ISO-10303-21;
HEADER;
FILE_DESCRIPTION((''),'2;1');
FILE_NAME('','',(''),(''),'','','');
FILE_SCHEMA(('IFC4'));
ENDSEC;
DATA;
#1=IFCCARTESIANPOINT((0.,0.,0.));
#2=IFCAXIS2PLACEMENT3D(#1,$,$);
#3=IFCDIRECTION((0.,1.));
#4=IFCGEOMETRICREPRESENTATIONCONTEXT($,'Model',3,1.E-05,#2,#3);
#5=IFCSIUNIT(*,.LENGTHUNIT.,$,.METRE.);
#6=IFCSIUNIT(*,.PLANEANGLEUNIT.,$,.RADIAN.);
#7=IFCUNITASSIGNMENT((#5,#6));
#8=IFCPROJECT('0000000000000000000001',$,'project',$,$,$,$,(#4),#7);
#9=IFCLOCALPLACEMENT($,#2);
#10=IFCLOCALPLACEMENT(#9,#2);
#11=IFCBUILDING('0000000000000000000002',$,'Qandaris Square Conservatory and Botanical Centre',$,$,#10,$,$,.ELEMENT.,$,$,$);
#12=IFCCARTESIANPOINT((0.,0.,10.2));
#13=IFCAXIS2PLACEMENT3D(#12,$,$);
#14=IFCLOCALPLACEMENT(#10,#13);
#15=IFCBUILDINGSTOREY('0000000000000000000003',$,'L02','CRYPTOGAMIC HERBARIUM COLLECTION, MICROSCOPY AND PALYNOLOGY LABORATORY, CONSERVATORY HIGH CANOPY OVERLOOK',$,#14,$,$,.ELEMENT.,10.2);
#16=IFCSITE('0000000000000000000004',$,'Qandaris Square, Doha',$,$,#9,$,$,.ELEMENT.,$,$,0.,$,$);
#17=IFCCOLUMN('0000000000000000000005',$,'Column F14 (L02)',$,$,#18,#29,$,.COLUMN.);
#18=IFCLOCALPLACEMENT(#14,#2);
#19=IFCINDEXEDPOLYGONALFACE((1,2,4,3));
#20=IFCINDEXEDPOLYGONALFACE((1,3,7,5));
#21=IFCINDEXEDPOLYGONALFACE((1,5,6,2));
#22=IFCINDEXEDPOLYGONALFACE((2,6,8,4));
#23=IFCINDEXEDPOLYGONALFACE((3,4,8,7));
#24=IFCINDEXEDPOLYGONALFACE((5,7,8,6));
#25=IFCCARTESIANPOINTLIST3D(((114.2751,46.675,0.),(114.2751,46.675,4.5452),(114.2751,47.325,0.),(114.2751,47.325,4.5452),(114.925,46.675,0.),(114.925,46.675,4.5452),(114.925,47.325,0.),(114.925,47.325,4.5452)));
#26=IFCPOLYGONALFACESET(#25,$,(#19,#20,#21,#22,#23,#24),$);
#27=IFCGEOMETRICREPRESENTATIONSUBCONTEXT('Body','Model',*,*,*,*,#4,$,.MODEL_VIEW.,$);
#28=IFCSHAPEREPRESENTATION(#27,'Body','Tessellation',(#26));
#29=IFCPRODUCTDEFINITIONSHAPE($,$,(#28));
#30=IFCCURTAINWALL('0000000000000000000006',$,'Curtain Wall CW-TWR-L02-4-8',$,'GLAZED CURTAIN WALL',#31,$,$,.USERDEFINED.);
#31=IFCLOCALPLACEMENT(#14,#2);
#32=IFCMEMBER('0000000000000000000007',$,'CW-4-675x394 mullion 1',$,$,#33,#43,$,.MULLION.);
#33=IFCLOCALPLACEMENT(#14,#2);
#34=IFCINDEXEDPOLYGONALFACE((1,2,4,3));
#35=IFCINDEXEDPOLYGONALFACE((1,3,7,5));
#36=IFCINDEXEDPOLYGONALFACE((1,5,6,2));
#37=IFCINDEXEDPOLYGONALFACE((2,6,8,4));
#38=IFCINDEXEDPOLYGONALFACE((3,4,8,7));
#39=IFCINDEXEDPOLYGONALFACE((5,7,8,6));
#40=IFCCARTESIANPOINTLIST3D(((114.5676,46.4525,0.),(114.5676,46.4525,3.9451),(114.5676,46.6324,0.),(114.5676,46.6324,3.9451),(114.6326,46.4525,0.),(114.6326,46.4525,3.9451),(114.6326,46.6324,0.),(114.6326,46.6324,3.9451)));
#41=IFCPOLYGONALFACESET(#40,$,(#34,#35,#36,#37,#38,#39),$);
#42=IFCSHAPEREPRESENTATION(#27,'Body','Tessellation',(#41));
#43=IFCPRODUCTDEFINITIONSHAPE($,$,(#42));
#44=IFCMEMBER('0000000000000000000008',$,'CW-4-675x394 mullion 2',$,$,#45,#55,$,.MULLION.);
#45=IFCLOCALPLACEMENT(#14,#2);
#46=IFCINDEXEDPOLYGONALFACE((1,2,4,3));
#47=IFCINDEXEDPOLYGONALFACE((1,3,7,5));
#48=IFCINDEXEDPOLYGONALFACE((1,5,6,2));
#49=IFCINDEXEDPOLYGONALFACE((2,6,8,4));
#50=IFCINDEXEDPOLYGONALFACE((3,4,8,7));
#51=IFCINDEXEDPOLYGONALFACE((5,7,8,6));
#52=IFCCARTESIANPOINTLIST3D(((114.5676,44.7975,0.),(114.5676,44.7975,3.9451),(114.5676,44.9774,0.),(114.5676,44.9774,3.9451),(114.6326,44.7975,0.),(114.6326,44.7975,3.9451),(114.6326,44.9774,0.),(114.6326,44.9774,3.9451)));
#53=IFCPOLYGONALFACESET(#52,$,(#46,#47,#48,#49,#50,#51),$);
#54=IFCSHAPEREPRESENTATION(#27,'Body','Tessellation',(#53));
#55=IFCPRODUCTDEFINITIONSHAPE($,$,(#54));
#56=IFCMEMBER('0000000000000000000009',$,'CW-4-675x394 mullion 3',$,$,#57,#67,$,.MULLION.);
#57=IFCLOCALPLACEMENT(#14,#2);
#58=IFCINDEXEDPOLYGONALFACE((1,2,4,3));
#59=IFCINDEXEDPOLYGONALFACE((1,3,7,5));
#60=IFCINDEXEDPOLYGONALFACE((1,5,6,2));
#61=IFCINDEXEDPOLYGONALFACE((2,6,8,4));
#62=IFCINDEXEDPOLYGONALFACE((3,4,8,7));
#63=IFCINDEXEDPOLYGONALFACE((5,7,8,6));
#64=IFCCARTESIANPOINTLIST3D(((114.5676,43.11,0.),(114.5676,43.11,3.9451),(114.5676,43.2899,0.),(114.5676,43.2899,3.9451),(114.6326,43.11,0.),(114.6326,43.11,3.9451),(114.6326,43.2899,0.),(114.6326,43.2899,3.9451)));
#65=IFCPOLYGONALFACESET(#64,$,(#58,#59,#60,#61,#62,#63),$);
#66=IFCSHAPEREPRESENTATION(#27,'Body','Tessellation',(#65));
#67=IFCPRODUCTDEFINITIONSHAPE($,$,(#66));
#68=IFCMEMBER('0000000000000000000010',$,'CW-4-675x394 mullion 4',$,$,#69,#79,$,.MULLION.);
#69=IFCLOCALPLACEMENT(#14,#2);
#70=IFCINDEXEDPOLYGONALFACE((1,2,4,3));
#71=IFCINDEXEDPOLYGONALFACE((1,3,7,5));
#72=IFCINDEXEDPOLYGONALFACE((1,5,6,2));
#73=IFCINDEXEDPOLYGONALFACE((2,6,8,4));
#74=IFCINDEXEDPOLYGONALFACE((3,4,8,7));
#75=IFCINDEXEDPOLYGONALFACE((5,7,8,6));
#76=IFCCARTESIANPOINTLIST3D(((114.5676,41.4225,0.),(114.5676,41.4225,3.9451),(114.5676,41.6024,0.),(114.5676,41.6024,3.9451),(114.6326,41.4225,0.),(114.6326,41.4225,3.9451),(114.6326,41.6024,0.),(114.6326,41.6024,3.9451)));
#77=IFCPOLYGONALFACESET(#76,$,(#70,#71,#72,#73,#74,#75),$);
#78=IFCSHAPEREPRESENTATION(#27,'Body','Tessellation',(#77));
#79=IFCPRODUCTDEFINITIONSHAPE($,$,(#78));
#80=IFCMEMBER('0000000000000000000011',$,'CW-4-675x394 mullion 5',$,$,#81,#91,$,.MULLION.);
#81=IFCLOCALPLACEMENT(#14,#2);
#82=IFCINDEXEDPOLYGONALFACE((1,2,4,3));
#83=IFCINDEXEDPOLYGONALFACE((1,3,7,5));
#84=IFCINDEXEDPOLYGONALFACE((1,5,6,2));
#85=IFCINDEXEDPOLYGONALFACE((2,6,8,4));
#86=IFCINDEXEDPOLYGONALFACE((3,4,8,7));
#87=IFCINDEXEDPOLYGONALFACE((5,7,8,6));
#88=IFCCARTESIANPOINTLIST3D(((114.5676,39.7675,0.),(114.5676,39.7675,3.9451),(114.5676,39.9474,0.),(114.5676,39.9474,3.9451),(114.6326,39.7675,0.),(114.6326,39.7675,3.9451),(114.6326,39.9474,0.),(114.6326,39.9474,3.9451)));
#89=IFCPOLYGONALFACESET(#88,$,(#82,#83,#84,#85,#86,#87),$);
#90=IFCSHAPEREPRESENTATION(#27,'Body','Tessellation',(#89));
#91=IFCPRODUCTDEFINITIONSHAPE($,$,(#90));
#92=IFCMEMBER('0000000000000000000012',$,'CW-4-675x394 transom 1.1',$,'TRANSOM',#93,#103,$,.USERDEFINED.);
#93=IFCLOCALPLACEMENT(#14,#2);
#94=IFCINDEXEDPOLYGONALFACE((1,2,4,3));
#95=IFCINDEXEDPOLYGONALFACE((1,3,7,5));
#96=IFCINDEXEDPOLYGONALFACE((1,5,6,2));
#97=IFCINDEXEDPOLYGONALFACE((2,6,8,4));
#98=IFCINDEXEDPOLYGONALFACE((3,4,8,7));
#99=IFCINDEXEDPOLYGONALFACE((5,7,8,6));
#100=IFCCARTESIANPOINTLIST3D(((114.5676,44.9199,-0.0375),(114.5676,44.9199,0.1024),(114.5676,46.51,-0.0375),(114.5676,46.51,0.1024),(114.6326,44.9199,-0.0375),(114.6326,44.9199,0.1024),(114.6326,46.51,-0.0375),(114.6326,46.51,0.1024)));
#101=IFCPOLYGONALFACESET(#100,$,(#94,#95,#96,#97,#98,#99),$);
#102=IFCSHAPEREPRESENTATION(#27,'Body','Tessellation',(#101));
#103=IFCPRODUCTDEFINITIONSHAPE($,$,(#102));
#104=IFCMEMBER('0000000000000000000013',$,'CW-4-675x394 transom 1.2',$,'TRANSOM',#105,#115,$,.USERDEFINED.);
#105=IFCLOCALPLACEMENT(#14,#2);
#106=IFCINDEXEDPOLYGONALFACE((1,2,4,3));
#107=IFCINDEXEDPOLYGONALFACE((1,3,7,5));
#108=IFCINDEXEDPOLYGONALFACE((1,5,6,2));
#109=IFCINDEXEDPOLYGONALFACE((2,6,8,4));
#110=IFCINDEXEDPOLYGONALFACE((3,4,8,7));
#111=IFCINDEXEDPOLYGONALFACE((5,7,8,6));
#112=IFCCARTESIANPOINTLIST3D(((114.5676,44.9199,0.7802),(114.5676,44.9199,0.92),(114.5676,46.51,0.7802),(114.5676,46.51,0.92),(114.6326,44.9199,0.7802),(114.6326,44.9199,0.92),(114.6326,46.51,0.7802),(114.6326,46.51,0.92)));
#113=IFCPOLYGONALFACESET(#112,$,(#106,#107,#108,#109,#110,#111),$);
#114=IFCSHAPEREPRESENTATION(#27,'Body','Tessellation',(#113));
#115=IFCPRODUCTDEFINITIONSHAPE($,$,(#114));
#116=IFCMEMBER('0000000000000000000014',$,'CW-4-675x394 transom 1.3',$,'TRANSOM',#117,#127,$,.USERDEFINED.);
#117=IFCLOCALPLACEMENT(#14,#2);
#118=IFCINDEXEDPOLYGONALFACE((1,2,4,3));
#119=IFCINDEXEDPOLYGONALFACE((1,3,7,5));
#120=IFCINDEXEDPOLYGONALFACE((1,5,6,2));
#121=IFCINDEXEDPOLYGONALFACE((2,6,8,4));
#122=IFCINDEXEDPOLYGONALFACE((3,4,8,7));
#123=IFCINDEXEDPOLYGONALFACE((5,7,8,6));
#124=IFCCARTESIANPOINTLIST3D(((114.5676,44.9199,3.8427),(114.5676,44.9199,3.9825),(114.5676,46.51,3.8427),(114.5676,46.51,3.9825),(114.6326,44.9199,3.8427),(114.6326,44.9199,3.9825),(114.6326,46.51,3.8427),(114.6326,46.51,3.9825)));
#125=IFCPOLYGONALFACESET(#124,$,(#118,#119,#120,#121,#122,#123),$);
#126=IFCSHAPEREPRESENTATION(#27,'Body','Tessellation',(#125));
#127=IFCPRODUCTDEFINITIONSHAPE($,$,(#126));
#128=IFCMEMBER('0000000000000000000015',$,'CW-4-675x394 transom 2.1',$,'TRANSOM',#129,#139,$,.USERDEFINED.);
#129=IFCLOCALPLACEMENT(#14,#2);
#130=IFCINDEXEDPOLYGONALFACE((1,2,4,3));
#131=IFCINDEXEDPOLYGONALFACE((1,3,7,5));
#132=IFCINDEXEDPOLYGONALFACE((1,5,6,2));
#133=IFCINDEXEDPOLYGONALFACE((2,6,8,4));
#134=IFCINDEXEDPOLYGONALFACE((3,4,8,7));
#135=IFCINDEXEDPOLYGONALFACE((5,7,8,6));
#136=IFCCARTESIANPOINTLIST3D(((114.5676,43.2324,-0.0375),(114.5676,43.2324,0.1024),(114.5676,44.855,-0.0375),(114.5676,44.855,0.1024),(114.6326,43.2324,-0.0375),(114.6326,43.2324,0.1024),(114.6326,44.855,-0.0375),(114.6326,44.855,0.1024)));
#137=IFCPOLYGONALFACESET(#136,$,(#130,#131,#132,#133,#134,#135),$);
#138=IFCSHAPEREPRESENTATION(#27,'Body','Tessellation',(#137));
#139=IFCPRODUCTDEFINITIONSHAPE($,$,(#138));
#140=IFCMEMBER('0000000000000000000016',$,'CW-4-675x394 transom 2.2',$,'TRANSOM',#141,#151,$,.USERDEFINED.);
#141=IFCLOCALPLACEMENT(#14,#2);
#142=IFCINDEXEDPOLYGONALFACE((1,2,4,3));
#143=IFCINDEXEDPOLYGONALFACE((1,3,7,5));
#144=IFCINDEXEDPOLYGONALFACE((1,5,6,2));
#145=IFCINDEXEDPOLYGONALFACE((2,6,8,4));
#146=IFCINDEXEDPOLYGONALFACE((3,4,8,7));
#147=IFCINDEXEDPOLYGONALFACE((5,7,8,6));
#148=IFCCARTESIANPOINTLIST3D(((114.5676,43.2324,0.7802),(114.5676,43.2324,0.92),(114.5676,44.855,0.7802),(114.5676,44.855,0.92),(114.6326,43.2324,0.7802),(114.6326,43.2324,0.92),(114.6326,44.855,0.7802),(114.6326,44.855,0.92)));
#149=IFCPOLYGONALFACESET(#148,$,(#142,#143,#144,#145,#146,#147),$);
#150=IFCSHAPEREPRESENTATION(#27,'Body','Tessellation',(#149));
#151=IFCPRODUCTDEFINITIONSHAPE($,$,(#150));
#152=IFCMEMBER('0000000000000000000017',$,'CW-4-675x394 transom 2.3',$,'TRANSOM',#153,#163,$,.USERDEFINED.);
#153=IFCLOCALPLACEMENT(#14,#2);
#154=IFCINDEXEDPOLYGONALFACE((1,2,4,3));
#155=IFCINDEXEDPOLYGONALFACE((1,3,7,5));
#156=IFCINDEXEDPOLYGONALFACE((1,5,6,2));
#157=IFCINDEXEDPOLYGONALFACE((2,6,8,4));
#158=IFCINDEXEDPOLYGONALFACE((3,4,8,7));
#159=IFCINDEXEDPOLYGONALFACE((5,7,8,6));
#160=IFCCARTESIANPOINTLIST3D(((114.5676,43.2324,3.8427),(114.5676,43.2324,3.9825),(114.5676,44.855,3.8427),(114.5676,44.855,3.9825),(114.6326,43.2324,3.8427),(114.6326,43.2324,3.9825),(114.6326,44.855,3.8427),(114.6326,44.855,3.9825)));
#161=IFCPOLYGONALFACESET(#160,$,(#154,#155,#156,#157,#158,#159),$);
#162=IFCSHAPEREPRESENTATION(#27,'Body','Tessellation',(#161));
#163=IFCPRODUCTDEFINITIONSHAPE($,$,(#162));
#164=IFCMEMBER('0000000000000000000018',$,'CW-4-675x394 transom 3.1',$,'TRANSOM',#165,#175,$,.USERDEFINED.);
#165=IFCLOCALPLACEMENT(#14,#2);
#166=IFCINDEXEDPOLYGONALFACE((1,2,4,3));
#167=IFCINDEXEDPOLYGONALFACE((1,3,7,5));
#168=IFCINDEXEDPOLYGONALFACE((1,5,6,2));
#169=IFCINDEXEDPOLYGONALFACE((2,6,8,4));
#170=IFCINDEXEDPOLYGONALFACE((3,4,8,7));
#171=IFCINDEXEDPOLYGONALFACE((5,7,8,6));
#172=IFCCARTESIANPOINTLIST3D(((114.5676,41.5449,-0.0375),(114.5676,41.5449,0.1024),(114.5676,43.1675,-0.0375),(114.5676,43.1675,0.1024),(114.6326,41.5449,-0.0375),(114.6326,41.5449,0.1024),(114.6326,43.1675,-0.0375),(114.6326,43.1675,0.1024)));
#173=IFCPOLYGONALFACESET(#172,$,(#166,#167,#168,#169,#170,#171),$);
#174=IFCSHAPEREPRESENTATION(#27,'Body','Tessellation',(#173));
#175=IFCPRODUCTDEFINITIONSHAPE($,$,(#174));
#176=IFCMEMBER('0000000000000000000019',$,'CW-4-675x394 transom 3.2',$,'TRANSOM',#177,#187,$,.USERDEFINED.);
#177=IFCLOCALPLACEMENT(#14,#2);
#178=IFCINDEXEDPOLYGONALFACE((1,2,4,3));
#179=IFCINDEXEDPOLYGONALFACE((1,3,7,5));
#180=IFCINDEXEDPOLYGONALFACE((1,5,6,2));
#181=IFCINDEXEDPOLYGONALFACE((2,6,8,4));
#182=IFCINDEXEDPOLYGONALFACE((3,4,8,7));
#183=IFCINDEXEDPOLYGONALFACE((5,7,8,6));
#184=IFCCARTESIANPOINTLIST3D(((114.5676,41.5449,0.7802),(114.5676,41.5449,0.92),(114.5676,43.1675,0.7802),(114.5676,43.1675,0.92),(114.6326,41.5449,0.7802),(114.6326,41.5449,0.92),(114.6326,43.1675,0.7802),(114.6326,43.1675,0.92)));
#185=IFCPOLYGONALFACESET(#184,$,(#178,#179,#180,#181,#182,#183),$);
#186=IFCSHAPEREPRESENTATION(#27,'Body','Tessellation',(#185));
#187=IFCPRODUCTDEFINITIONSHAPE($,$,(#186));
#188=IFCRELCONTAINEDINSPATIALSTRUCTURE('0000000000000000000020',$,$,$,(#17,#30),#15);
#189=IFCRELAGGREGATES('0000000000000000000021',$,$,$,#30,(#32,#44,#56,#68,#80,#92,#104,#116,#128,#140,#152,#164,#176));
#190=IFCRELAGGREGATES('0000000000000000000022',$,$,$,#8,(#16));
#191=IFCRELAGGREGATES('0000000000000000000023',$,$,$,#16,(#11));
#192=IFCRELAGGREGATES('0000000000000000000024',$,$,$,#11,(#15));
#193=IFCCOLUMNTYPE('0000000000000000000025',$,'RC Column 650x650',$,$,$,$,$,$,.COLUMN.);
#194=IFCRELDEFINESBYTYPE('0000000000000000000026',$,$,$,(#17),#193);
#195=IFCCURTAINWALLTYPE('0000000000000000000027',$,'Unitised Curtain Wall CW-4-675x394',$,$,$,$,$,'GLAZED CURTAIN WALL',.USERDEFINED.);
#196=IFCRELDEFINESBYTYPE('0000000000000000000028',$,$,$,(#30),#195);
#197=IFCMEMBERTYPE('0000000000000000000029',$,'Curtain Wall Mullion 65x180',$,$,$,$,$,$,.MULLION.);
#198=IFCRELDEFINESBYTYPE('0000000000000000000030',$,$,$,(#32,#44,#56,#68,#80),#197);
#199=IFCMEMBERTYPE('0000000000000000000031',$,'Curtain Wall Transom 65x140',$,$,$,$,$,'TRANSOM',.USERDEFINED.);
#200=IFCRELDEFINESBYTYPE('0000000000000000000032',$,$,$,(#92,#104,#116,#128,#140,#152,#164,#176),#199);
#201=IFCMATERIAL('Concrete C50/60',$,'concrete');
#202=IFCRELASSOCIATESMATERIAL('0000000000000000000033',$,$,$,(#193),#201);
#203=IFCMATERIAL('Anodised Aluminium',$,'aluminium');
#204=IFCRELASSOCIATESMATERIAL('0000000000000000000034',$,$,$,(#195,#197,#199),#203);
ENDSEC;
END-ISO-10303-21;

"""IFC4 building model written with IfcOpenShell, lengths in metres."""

from ifc_helpers import new_model, si_unit, direction, frame, origin, origin_2d, place, context, subcontext, project, spatial, rectangle, extrude, material, material_profile, profile_set, type_object, element, aggregate, save


model = new_model("IFC4")

# Units and contexts
model_context = context("Model", 3, precision=1e-05, world=origin(), true_north=direction((0.0, 1.0)))
body_context = subcontext(model_context, "Body", "Model", "MODEL_VIEW")
ifc_project = project(units=[si_unit("LENGTHUNIT", "METRE"), si_unit("PLANEANGLEUNIT", "RADIAN")], contexts=[model_context])

# Site, building, storey
site_placement = place(None, origin())
site = spatial("IfcSite", under=ifc_project, at=site_placement, Name="Qandaris Square, Doha", CompositionType="ELEMENT", RefElevation=0.0)
building_placement = place(site_placement, origin())
building = spatial("IfcBuilding", under=site, at=building_placement, Name="Qandaris Square Conservatory and Botanical Centre", CompositionType="ELEMENT")
storey_placement = place(building_placement, frame((0.0, 0.0, 10.2)))
storey = spatial("IfcBuildingStorey", under=building, at=storey_placement, Name="L02", Description="CRYPTOGAMIC HERBARIUM COLLECTION, MICROSCOPY AND PALYNOLOGY LABORATORY, CONSERVATORY HIGH CANOPY OVERLOOK", CompositionType="ELEMENT", Elevation=10.2)

# Column
ifc_material_1 = material(Name="Concrete C50/60", Category="concrete")
ifc_material_profile_1 = material_profile(ifc_material_1, rectangle(XDim=0.6499, YDim=0.6499, at=origin_2d()), Name="RC-COL 650x650")
ifc_profile_set_1 = profile_set([ifc_material_profile_1], Name="Concrete C50/60")
column_type = type_object("IfcColumnType", Name="RC Column 650x650", PredefinedType="COLUMN", material=ifc_profile_set_1)
column_placement = place(storey_placement, frame((114.6001, 47.0, 0.0), z_axis=(0.0, 0.0, 1.0), x_axis=(1.0, 0.0, 0.0)))
element("IfcColumn", 1, at=column_placement, inside=storey, type_object=column_type, Name="Column F14 (L02)", PredefinedType="COLUMN", context=body_context, shape_type="SweptSolid", body=[
    extrude(rectangle(XDim=0.6499, YDim=0.6499, at=origin_2d()), origin(), (0.0, 0.0, 1.0), 4.5452),
])

# Curtain wall, members
ifc_material_2 = material(Name="Anodised Aluminium", Category="aluminium")
curtain_wall_type = type_object("IfcCurtainWallType", Name="Unitised Curtain Wall CW-4-675x394", ElementType="GLAZED CURTAIN WALL", PredefinedType="USERDEFINED", material=ifc_material_2)
curtain_wall_placement = place(storey_placement, origin())
curtain_wall = element("IfcCurtainWall", 2, at=curtain_wall_placement, inside=storey, type_object=curtain_wall_type, Name="Curtain Wall CW-TWR-L02-4-8", ObjectType="GLAZED CURTAIN WALL", PredefinedType="USERDEFINED")
ifc_material_profile_2 = material_profile(ifc_material_2, rectangle(XDim=0.0649, YDim=0.1799, at=origin_2d()), Name="ALU-MUL 65x180")
ifc_profile_set_2 = profile_set([ifc_material_profile_2], Name="Anodised Aluminium")
member_type_1 = type_object("IfcMemberType", Name="Curtain Wall Mullion 65x180", PredefinedType="MULLION", material=ifc_profile_set_2)
member_1_placement = place(storey_placement, frame((114.6001, 46.5425, 0.0), z_axis=(0.0, 0.0, 1.0), x_axis=(1.0, 0.0, 0.0)))
member_1 = element("IfcMember", 3, at=member_1_placement, type_object=member_type_1, Name="CW-4-675x394 mullion 1", PredefinedType="MULLION", context=body_context, shape_type="SweptSolid", body=[
    extrude(rectangle(XDim=0.0649, YDim=0.1799, at=origin_2d()), origin(), (0.0, 0.0, 1.0), 3.9451),
])
member_2_placement = place(storey_placement, frame((114.6001, 44.8875, 0.0), z_axis=(0.0, 0.0, 1.0), x_axis=(1.0, 0.0, 0.0)))
member_2 = element("IfcMember", 4, at=member_2_placement, type_object=member_type_1, Name="CW-4-675x394 mullion 2", PredefinedType="MULLION", context=body_context, shape_type="SweptSolid", body=[
    extrude(rectangle(XDim=0.0649, YDim=0.1799, at=origin_2d()), origin(), (0.0, 0.0, 1.0), 3.9451),
])
member_3_placement = place(storey_placement, frame((114.6001, 43.2, 0.0), z_axis=(0.0, 0.0, 1.0), x_axis=(1.0, 0.0, 0.0)))
member_3 = element("IfcMember", 5, at=member_3_placement, type_object=member_type_1, Name="CW-4-675x394 mullion 3", PredefinedType="MULLION", context=body_context, shape_type="SweptSolid", body=[
    extrude(rectangle(XDim=0.0649, YDim=0.1799, at=origin_2d()), origin(), (0.0, 0.0, 1.0), 3.9451),
])
member_4_placement = place(storey_placement, frame((114.6001, 41.5125, 0.0), z_axis=(0.0, 0.0, 1.0), x_axis=(1.0, 0.0, 0.0)))
member_4 = element("IfcMember", 6, at=member_4_placement, type_object=member_type_1, Name="CW-4-675x394 mullion 4", PredefinedType="MULLION", context=body_context, shape_type="SweptSolid", body=[
    extrude(rectangle(XDim=0.0649, YDim=0.1799, at=origin_2d()), origin(), (0.0, 0.0, 1.0), 3.9451),
])
member_5_placement = place(storey_placement, frame((114.6001, 39.8574, 0.0), z_axis=(0.0, 0.0, 1.0), x_axis=(1.0, 0.0, 0.0)))
member_5 = element("IfcMember", 7, at=member_5_placement, type_object=member_type_1, Name="CW-4-675x394 mullion 5", PredefinedType="MULLION", context=body_context, shape_type="SweptSolid", body=[
    extrude(rectangle(XDim=0.0649, YDim=0.1799, at=origin_2d()), origin(), (0.0, 0.0, 1.0), 3.9451),
])
ifc_material_profile_3 = material_profile(ifc_material_2, rectangle(XDim=0.0649, YDim=0.1399, at=origin_2d()), Name="ALU-TRN 65x140")
ifc_profile_set_3 = profile_set([ifc_material_profile_3], Name="Anodised Aluminium")
member_type_2 = type_object("IfcMemberType", Name="Curtain Wall Transom 65x140", ElementType="TRANSOM", PredefinedType="USERDEFINED", material=ifc_profile_set_3)
member_6_placement = place(storey_placement, frame((114.6001, 46.51, 0.0325), z_axis=(0.0, -1.0, 0.0), x_axis=(1.0, 0.0, 0.0)))
member_6 = element("IfcMember", 8, at=member_6_placement, type_object=member_type_2, Name="CW-4-675x394 transom 1.1", ObjectType="TRANSOM", PredefinedType="USERDEFINED", context=body_context, shape_type="SweptSolid", body=[
    extrude(rectangle(XDim=0.0649, YDim=0.1399, at=origin_2d()), origin(), (0.0, 0.0, 1.0), 1.5901),
])
member_7_placement = place(storey_placement, frame((114.6001, 46.51, 0.8501), z_axis=(0.0, -1.0, 0.0), x_axis=(1.0, 0.0, 0.0)))
member_7 = element("IfcMember", 9, at=member_7_placement, type_object=member_type_2, Name="CW-4-675x394 transom 1.2", ObjectType="TRANSOM", PredefinedType="USERDEFINED", context=body_context, shape_type="SweptSolid", body=[
    extrude(rectangle(XDim=0.0649, YDim=0.1399, at=origin_2d()), origin(), (0.0, 0.0, 1.0), 1.5901),
])
member_8_placement = place(storey_placement, frame((114.6001, 46.51, 3.9126), z_axis=(0.0, -1.0, 0.0), x_axis=(1.0, 0.0, 0.0)))
member_8 = element("IfcMember", 10, at=member_8_placement, type_object=member_type_2, Name="CW-4-675x394 transom 1.3", ObjectType="TRANSOM", PredefinedType="USERDEFINED", context=body_context, shape_type="SweptSolid", body=[
    extrude(rectangle(XDim=0.0649, YDim=0.1399, at=origin_2d()), origin(), (0.0, 0.0, 1.0), 1.5901),
])
member_9_placement = place(storey_placement, frame((114.6001, 44.855, 0.0325), z_axis=(0.0, -1.0, 0.0), x_axis=(1.0, 0.0, 0.0)))
member_9 = element("IfcMember", 11, at=member_9_placement, type_object=member_type_2, Name="CW-4-675x394 transom 2.1", ObjectType="TRANSOM", PredefinedType="USERDEFINED", context=body_context, shape_type="SweptSolid", body=[
    extrude(rectangle(XDim=0.0649, YDim=0.1399, at=origin_2d()), origin(), (0.0, 0.0, 1.0), 1.6226),
])
member_10_placement = place(storey_placement, frame((114.6001, 44.855, 0.8501), z_axis=(0.0, -1.0, 0.0), x_axis=(1.0, 0.0, 0.0)))
member_10 = element("IfcMember", 12, at=member_10_placement, type_object=member_type_2, Name="CW-4-675x394 transom 2.2", ObjectType="TRANSOM", PredefinedType="USERDEFINED", context=body_context, shape_type="SweptSolid", body=[
    extrude(rectangle(XDim=0.0649, YDim=0.1399, at=origin_2d()), origin(), (0.0, 0.0, 1.0), 1.6226),
])
member_11_placement = place(storey_placement, frame((114.6001, 44.855, 3.9126), z_axis=(0.0, -1.0, 0.0), x_axis=(1.0, 0.0, 0.0)))
member_11 = element("IfcMember", 13, at=member_11_placement, type_object=member_type_2, Name="CW-4-675x394 transom 2.3", ObjectType="TRANSOM", PredefinedType="USERDEFINED", context=body_context, shape_type="SweptSolid", body=[
    extrude(rectangle(XDim=0.0649, YDim=0.1399, at=origin_2d()), origin(), (0.0, 0.0, 1.0), 1.6226),
])
member_12_placement = place(storey_placement, frame((114.6001, 43.1675, 0.0325), z_axis=(0.0, -1.0, 0.0), x_axis=(1.0, 0.0, 0.0)))
member_12 = element("IfcMember", 14, at=member_12_placement, type_object=member_type_2, Name="CW-4-675x394 transom 3.1", ObjectType="TRANSOM", PredefinedType="USERDEFINED", context=body_context, shape_type="SweptSolid", body=[
    extrude(rectangle(XDim=0.0649, YDim=0.1399, at=origin_2d()), origin(), (0.0, 0.0, 1.0), 1.6226),
])
member_13_placement = place(storey_placement, frame((114.6001, 43.1675, 0.8501), z_axis=(0.0, -1.0, 0.0), x_axis=(1.0, 0.0, 0.0)))
member_13 = element("IfcMember", 15, at=member_13_placement, type_object=member_type_2, Name="CW-4-675x394 transom 3.2", ObjectType="TRANSOM", PredefinedType="USERDEFINED", context=body_context, shape_type="SweptSolid", body=[
    extrude(rectangle(XDim=0.0649, YDim=0.1399, at=origin_2d()), origin(), (0.0, 0.0, 1.0), 1.6226),
])

aggregate(curtain_wall, [member_1, member_2, member_3, member_4, member_5, member_6, member_7, member_8, member_9, member_10, member_11, member_12, member_13])

save(model, "model.ifc")
